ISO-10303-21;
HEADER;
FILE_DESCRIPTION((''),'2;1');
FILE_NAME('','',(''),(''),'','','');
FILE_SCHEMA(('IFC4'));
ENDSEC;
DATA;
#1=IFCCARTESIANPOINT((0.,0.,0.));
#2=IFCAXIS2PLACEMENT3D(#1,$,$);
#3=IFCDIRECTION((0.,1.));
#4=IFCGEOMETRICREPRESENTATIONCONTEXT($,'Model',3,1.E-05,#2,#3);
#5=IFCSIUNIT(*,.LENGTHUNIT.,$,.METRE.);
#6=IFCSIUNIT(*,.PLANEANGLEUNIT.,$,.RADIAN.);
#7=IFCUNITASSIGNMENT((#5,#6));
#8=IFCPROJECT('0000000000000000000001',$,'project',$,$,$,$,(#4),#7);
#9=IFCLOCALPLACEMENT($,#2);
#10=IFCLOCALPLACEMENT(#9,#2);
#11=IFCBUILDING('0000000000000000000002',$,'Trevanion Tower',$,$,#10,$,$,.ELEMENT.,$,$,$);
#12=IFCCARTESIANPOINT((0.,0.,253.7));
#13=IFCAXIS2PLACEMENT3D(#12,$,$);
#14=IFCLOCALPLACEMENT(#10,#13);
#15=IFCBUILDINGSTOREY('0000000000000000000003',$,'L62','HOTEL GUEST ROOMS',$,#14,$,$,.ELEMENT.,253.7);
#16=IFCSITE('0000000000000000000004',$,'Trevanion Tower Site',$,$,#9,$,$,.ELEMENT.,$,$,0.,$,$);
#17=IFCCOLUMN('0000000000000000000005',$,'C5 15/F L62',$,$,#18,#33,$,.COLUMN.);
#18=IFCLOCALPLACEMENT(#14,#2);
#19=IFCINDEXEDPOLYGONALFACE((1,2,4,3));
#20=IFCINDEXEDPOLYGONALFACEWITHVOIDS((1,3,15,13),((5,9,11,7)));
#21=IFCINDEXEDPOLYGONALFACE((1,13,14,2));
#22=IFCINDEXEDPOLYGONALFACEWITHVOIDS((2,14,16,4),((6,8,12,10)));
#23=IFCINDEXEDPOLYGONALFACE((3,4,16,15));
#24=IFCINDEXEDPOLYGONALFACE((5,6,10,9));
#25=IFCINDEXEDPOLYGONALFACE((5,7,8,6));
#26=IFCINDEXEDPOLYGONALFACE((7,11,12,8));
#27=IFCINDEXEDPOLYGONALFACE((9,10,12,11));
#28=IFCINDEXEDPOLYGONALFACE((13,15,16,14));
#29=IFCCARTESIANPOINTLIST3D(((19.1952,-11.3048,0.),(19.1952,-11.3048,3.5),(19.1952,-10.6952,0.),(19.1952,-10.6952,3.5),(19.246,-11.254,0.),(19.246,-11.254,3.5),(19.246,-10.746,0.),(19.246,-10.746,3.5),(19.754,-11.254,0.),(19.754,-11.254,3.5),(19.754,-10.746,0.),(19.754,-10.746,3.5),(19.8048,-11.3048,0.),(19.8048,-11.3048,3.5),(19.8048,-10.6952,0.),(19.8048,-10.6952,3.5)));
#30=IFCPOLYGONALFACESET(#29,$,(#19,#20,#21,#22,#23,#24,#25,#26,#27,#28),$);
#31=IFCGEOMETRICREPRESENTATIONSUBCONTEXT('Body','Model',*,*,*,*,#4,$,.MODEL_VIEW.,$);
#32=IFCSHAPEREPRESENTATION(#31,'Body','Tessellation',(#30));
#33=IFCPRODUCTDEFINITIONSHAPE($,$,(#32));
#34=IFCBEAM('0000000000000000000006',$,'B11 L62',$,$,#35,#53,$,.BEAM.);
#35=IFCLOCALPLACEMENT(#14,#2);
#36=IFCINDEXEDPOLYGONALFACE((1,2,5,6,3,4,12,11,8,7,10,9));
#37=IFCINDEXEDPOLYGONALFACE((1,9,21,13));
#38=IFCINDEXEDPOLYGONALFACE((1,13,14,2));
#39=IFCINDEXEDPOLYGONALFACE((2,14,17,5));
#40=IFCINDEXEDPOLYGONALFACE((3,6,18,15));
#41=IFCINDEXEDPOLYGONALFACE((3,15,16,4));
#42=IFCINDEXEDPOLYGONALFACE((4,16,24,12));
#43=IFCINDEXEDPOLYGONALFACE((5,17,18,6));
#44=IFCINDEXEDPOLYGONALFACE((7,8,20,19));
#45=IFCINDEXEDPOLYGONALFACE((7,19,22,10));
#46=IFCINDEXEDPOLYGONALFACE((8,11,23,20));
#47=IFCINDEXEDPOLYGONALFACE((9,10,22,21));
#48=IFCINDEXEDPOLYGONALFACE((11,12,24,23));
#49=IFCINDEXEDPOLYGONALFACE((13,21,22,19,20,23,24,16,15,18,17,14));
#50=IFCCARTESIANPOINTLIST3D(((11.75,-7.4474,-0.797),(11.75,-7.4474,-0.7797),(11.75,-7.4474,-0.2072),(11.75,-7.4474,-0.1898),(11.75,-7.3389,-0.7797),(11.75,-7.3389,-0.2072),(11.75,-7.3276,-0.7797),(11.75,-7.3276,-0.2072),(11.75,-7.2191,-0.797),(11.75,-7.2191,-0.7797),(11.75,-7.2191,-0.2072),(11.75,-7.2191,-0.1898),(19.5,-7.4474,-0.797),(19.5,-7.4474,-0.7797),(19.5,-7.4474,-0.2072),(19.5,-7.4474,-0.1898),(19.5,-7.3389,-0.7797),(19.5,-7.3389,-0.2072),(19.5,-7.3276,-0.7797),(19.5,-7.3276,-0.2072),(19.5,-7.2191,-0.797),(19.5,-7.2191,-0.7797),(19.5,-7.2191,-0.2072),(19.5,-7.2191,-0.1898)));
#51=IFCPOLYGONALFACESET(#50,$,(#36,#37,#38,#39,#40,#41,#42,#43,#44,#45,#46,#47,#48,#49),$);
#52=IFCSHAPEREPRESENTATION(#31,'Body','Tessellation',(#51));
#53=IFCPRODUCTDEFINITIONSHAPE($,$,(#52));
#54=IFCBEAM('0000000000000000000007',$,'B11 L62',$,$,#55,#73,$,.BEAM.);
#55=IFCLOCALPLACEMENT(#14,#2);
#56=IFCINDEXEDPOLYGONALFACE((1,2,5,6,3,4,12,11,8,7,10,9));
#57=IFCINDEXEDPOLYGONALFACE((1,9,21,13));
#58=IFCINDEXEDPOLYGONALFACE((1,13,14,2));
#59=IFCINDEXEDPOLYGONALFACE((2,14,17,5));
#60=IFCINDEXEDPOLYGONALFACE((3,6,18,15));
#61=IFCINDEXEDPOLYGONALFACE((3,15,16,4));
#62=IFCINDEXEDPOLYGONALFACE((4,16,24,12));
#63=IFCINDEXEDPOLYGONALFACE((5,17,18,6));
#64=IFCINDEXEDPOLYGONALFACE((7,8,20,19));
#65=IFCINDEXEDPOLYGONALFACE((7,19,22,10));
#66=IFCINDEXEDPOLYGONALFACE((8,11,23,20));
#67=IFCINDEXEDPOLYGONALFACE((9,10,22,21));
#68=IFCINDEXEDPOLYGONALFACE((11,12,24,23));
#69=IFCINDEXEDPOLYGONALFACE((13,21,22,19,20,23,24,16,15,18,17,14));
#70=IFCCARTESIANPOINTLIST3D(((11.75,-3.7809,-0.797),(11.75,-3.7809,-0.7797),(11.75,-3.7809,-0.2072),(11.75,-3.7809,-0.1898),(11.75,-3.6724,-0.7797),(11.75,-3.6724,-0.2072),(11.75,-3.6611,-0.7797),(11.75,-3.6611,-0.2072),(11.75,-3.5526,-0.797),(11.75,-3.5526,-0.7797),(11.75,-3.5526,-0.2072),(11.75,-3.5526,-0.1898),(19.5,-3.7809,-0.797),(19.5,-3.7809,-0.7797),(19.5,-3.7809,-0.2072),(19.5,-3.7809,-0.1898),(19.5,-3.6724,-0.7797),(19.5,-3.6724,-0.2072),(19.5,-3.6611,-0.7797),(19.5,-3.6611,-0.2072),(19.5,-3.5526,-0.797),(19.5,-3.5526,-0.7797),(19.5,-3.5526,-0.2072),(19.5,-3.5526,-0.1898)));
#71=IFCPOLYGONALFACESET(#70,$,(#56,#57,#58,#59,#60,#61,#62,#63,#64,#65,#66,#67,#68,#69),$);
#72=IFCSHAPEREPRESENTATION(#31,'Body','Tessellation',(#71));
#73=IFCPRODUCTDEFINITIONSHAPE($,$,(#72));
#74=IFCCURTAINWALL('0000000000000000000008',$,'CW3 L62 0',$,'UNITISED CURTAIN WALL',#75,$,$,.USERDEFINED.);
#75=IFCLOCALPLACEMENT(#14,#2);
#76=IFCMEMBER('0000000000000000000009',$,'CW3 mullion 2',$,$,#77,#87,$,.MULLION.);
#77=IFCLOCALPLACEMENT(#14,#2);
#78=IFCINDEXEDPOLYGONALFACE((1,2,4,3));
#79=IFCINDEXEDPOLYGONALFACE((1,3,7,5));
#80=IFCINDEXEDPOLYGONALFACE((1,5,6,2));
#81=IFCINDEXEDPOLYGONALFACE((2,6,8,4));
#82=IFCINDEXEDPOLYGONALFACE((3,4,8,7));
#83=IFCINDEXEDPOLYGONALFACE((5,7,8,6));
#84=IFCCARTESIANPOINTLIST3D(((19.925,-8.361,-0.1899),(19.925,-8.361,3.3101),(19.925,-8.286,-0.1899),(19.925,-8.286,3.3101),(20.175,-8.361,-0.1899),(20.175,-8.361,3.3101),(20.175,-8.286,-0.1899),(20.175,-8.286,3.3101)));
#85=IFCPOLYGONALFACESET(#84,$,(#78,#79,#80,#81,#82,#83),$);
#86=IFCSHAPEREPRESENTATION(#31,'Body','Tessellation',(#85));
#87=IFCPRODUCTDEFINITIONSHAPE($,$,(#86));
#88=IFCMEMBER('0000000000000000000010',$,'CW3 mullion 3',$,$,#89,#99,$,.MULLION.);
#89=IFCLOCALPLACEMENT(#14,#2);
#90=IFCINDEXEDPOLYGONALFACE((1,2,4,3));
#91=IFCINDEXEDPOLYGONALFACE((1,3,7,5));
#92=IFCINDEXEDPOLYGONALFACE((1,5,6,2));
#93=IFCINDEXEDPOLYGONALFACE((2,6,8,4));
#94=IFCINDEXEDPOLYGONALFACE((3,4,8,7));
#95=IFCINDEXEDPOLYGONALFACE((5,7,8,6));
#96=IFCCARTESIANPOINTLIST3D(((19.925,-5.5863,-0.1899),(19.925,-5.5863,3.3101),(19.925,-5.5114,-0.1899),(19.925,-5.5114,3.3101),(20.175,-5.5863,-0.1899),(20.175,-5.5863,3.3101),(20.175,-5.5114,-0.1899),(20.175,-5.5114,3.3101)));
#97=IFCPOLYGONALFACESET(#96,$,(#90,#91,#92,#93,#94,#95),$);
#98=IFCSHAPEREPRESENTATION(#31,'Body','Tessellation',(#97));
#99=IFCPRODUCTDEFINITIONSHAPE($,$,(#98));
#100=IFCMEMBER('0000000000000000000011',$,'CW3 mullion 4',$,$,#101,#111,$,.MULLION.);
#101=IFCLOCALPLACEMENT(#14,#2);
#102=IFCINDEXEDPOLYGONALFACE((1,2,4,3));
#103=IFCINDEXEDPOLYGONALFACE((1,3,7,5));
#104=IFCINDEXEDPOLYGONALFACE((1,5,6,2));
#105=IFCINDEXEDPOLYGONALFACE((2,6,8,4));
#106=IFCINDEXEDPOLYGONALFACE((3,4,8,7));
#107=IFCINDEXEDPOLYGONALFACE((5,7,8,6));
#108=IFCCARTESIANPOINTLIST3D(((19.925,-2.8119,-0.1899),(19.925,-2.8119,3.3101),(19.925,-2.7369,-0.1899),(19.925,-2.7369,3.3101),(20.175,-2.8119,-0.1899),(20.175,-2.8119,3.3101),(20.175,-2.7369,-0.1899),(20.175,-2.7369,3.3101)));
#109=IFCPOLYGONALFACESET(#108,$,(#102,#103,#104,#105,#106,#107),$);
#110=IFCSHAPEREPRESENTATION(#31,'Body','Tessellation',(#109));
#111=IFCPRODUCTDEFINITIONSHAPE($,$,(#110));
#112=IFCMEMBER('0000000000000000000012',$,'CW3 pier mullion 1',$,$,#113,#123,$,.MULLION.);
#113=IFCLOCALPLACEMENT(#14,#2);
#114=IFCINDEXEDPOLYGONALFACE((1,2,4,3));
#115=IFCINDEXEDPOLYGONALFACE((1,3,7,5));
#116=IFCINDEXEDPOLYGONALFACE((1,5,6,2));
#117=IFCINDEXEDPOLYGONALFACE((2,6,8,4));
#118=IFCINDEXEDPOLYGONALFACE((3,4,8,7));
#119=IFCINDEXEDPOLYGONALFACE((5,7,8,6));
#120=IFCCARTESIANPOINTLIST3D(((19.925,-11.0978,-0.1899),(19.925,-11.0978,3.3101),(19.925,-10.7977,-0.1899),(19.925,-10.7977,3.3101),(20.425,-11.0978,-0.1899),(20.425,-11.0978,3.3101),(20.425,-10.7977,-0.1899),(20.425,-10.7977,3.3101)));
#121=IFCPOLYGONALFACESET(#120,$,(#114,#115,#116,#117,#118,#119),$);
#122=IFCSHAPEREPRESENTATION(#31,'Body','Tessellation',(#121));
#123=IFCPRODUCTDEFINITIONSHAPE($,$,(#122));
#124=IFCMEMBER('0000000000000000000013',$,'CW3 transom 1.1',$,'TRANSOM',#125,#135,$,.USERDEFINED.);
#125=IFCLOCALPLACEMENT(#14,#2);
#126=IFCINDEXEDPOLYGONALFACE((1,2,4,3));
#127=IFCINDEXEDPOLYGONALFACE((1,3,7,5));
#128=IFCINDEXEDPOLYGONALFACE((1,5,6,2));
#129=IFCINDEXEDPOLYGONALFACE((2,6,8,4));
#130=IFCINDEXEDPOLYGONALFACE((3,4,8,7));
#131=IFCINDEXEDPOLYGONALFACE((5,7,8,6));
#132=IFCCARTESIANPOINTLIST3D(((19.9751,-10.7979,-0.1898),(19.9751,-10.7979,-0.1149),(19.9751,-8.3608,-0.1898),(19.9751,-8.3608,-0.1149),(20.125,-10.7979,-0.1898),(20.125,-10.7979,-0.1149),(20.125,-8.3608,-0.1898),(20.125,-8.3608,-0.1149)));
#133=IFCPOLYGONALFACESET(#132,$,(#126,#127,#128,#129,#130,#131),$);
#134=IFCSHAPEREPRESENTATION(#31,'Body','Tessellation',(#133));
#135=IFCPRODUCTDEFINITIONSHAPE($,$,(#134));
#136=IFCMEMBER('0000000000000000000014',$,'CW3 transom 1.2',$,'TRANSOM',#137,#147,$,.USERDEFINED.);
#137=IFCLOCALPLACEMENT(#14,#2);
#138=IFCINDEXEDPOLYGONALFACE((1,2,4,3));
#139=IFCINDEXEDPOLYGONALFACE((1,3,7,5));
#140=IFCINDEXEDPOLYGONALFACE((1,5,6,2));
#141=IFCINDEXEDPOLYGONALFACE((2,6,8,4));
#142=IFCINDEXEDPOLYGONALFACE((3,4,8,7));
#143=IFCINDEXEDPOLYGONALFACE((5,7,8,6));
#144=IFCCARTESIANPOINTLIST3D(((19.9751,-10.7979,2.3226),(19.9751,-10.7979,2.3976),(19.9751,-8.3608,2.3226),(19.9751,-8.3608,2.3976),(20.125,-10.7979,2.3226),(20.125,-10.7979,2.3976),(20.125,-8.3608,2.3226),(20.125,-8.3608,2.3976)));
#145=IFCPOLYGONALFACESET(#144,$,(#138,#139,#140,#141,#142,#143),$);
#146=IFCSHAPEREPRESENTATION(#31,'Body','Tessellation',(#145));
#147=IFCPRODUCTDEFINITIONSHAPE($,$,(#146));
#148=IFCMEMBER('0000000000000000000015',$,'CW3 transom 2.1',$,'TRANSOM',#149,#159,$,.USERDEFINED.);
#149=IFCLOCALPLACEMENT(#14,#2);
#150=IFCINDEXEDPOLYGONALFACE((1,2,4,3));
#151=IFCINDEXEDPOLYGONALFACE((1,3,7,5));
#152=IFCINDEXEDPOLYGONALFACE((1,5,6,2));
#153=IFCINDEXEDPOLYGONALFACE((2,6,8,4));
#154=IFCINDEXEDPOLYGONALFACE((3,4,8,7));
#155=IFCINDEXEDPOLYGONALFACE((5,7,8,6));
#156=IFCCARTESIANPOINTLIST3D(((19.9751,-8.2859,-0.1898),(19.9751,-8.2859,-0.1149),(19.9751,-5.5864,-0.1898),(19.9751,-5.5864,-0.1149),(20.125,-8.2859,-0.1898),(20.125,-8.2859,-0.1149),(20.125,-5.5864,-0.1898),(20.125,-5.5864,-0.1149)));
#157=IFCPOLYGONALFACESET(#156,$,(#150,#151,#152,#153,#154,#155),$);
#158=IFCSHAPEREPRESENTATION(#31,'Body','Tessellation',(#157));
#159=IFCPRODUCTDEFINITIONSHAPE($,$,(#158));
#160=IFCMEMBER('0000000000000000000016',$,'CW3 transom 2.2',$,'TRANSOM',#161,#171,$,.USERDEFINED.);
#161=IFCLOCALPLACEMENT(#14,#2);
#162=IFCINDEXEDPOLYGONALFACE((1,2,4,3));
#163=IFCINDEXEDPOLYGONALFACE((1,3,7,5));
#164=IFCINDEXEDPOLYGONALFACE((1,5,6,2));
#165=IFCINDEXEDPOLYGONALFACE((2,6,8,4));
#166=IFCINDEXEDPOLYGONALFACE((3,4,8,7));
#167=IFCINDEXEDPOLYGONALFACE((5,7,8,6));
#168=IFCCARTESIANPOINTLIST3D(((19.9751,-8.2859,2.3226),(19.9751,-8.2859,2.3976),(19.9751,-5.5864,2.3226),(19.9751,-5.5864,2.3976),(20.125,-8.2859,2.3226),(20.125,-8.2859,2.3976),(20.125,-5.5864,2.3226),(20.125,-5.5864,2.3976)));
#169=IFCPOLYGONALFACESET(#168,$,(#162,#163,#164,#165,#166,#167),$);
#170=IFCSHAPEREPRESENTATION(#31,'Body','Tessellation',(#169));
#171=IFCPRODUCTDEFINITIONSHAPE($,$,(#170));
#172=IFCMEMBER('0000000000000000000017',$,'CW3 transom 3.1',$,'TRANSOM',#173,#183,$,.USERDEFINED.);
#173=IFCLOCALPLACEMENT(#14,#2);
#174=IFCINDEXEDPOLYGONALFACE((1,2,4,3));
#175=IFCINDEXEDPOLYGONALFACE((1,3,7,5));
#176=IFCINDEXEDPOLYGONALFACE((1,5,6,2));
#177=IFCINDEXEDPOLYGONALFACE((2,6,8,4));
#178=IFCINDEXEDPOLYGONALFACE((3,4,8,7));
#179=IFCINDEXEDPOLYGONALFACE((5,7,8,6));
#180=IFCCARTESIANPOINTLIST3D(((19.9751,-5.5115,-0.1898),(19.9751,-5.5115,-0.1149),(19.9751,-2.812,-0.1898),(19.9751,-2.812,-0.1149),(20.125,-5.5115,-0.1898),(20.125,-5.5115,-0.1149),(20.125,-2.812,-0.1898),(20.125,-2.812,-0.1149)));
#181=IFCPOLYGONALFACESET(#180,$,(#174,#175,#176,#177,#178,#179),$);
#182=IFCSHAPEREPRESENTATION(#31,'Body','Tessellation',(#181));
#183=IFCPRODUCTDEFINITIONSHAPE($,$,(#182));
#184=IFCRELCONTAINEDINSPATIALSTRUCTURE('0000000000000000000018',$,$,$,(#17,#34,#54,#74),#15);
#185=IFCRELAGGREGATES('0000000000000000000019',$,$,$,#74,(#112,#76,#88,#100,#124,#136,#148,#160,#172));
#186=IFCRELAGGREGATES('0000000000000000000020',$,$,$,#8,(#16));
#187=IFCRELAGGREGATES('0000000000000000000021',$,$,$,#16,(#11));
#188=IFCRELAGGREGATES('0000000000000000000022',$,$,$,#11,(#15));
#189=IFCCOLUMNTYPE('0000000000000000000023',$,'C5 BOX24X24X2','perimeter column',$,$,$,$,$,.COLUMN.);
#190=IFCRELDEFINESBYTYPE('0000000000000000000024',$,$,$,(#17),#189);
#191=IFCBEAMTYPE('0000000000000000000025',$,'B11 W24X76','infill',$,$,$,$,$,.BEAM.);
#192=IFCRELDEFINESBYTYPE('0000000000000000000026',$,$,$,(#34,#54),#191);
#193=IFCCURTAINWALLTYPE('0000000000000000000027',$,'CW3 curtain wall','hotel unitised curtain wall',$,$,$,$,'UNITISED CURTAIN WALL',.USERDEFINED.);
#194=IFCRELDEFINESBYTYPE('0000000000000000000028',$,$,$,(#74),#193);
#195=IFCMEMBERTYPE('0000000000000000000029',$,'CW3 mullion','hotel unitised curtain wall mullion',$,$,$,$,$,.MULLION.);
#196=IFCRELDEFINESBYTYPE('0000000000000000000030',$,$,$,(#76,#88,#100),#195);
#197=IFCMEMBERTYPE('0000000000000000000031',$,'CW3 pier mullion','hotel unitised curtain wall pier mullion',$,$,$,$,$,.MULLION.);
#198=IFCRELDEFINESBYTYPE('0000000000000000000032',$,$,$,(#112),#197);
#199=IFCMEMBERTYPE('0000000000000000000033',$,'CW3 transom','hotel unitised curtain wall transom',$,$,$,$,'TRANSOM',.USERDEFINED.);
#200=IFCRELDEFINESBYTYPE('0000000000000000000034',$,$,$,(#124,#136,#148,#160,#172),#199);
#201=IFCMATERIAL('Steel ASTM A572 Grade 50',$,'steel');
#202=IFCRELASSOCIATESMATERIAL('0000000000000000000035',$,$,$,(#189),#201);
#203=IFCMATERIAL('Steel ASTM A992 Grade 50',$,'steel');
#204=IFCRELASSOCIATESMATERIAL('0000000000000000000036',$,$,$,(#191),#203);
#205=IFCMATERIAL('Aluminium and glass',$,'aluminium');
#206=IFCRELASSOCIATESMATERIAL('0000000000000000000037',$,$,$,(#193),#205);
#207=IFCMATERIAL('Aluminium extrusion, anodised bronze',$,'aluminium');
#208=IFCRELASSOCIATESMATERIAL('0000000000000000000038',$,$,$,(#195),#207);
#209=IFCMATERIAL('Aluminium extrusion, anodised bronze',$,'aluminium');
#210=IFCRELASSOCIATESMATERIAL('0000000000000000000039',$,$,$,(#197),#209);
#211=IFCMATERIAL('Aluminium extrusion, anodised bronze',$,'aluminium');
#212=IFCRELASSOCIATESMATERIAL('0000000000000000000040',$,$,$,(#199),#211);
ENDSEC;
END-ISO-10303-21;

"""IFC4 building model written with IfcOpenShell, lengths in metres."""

from ifc_helpers import new_model, si_unit, direction, frame, origin, origin_2d, place, context, subcontext, project, spatial, rectangle, hollow_rectangle, i_section, extrude, material, material_profile, profile_set, type_object, element, aggregate, save


model = new_model("IFC4")

# Units and contexts
model_context = context("Model", 3, precision=1e-05, world=origin(), true_north=direction((0.0, 1.0)))
body_context = subcontext(model_context, "Body", "Model", "MODEL_VIEW")
ifc_project = project(units=[si_unit("LENGTHUNIT", "METRE"), si_unit("PLANEANGLEUNIT", "RADIAN")], contexts=[model_context])

# Site, building, storey
site_placement = place(None, origin())
site = spatial("IfcSite", under=ifc_project, at=site_placement, Name="Trevanion Tower Site", CompositionType="ELEMENT", RefElevation=0.0)
building_placement = place(site_placement, origin())
building = spatial("IfcBuilding", under=site, at=building_placement, Name="Trevanion Tower", CompositionType="ELEMENT")
storey_placement = place(building_placement, frame((0.0, 0.0, 253.7)))
storey = spatial("IfcBuildingStorey", under=building, at=storey_placement, Name="L62", Description="HOTEL GUEST ROOMS", CompositionType="ELEMENT", Elevation=253.7)

# Column
ifc_material_1 = material(Name="Steel ASTM A572 Grade 50", Category="steel")
ifc_material_profile_1 = material_profile(ifc_material_1, hollow_rectangle(XDim=0.6096, YDim=0.6096, WallThickness=0.0508, at=origin_2d()), Name="BOX24X24X2")
ifc_profile_set_1 = profile_set([ifc_material_profile_1], Name="Steel ASTM A572 Grade 50")
column_type = type_object("IfcColumnType", Name="C5 BOX24X24X2", Description="perimeter column", PredefinedType="COLUMN", material=ifc_profile_set_1)
column_placement = place(storey_placement, frame((19.5, -11.0, 0.0), z_axis=(0.0, 0.0, 1.0), x_axis=(0.0, 1.0, 0.0)))
element("IfcColumn", 1, at=column_placement, inside=storey, type_object=column_type, Name="C5 15/F L62", PredefinedType="COLUMN", context=body_context, shape_type="SweptSolid", body=[
    extrude(hollow_rectangle(XDim=0.6096, YDim=0.6096, WallThickness=0.0508, at=origin_2d()), origin(), (0.0, 0.0, 1.0), 3.5),
])

# Beams
ifc_material_2 = material(Name="Steel ASTM A992 Grade 50", Category="steel")
ifc_material_profile_2 = material_profile(ifc_material_2, i_section(OverallWidth=0.2283, OverallDepth=0.6072, WebThickness=0.0112, FlangeThickness=0.0173, at=origin_2d()), Name="W24X76")
ifc_profile_set_2 = profile_set([ifc_material_profile_2], Name="Steel ASTM A992 Grade 50")
beam_type_1 = type_object("IfcBeamType", Name="B11 W24X76", Description="infill", PredefinedType="BEAM", material=ifc_profile_set_2)
for number, where, z_axis, x_axis, name in (
    (2, (11.75, -7.3333, -0.4934), (1.0, 0.0, 0.0), (0.0, 1.0, 0.0), "B11 L62"),
    (3, (11.75, -3.6667, -0.4934), (1.0, 0.0, 0.0), (0.0, 1.0, 0.0), "B11 L62"),
):
    element("IfcBeam", number, at=place(storey_placement, frame(where, z_axis=z_axis, x_axis=x_axis)), inside=storey, type_object=beam_type_1, Name=name, PredefinedType="BEAM", context=body_context, shape_type="SweptSolid", body=[
        extrude(i_section(OverallWidth=0.2283, OverallDepth=0.6072, WebThickness=0.0112, FlangeThickness=0.0173, at=origin_2d()), origin(), (0.0, 0.0, 1.0), 7.75),
    ])

# Curtain wall, members
ifc_material_3 = material(Name="Aluminium and glass", Category="aluminium")
curtain_wall_type = type_object("IfcCurtainWallType", Name="CW3 curtain wall", Description="hotel unitised curtain wall", ElementType="UNITISED CURTAIN WALL", PredefinedType="USERDEFINED", material=ifc_material_3)
curtain_wall_placement = place(storey_placement, origin())
curtain_wall = element("IfcCurtainWall", 4, at=curtain_wall_placement, inside=storey, type_object=curtain_wall_type, Name="CW3 L62 0", ObjectType="UNITISED CURTAIN WALL", PredefinedType="USERDEFINED")
ifc_material_4 = material(Name="Aluminium extrusion, anodised bronze", Category="aluminium")
ifc_material_profile_3 = material_profile(ifc_material_4, rectangle(XDim=0.075, YDim=0.25, at=origin_2d()), Name="CW3 mullion")
ifc_profile_set_3 = profile_set([ifc_material_profile_3], Name="Aluminium extrusion, anodised bronze")
member_type_1 = type_object("IfcMemberType", Name="CW3 mullion", Description="hotel unitised curtain wall mullion", PredefinedType="MULLION", material=ifc_profile_set_3)
member_1_placement = place(storey_placement, frame((20.05, -8.3235, -0.1899), z_axis=(0.0, 0.0, 1.0), x_axis=(0.0, 1.0, 0.0)))
member_1 = element("IfcMember", 5, at=member_1_placement, type_object=member_type_1, Name="CW3 mullion 2", PredefinedType="MULLION", context=body_context, shape_type="SweptSolid", body=[
    extrude(rectangle(XDim=0.075, YDim=0.25, at=origin_2d()), origin(), (0.0, 0.0, 1.0), 3.5),
])
member_2_placement = place(storey_placement, frame((20.05, -5.5488, -0.1899), z_axis=(0.0, 0.0, 1.0), x_axis=(0.0, 1.0, 0.0)))
member_2 = element("IfcMember", 6, at=member_2_placement, type_object=member_type_1, Name="CW3 mullion 3", PredefinedType="MULLION", context=body_context, shape_type="SweptSolid", body=[
    extrude(rectangle(XDim=0.075, YDim=0.25, at=origin_2d()), origin(), (0.0, 0.0, 1.0), 3.5),
])
member_3_placement = place(storey_placement, frame((20.05, -2.7744, -0.1899), z_axis=(0.0, 0.0, 1.0), x_axis=(0.0, 1.0, 0.0)))
member_3 = element("IfcMember", 7, at=member_3_placement, type_object=member_type_1, Name="CW3 mullion 4", PredefinedType="MULLION", context=body_context, shape_type="SweptSolid", body=[
    extrude(rectangle(XDim=0.075, YDim=0.25, at=origin_2d()), origin(), (0.0, 0.0, 1.0), 3.5),
])
ifc_material_5 = material(Name="Aluminium extrusion, anodised bronze", Category="aluminium")
ifc_material_profile_4 = material_profile(ifc_material_5, rectangle(XDim=0.3, YDim=0.5, at=origin_2d()), Name="CW3 pier mullion")
ifc_profile_set_4 = profile_set([ifc_material_profile_4], Name="Aluminium extrusion, anodised bronze")
member_type_2 = type_object("IfcMemberType", Name="CW3 pier mullion", Description="hotel unitised curtain wall pier mullion", PredefinedType="MULLION", material=ifc_profile_set_4)
member_4_placement = place(storey_placement, frame((20.175, -10.9478, -0.1899), z_axis=(0.0, 0.0, 1.0), x_axis=(0.0, 1.0, 0.0)))
member_4 = element("IfcMember", 8, at=member_4_placement, type_object=member_type_2, Name="CW3 pier mullion 1", PredefinedType="MULLION", context=body_context, shape_type="SweptSolid", body=[
    extrude(rectangle(XDim=0.3, YDim=0.5, at=origin_2d()), origin(), (0.0, 0.0, 1.0), 3.5),
])
ifc_material_6 = material(Name="Aluminium extrusion, anodised bronze", Category="aluminium")
ifc_material_profile_5 = material_profile(ifc_material_6, rectangle(XDim=0.1499, YDim=0.075, at=origin_2d()), Name="CW3 transom")
ifc_profile_set_5 = profile_set([ifc_material_profile_5], Name="Aluminium extrusion, anodised bronze")
member_type_3 = type_object("IfcMemberType", Name="CW3 transom", Description="hotel unitised curtain wall transom", ElementType="TRANSOM", PredefinedType="USERDEFINED", material=ifc_profile_set_5)
member_5_placement = place(storey_placement, frame((20.05, -10.7979, -0.1523), z_axis=(0.0, 1.0, 0.0), x_axis=(-1.0, 0.0, 0.0)))
member_5 = element("IfcMember", 9, at=member_5_placement, type_object=member_type_3, Name="CW3 transom 1.1", ObjectType="TRANSOM", PredefinedType="USERDEFINED", context=body_context, shape_type="SweptSolid", body=[
    extrude(rectangle(XDim=0.1499, YDim=0.075, at=origin_2d()), origin(), (0.0, 0.0, 1.0), 2.437),
])
member_6_placement = place(storey_placement, frame((20.05, -10.7979, 2.3601), z_axis=(0.0, 1.0, 0.0), x_axis=(-1.0, 0.0, 0.0)))
member_6 = element("IfcMember", 10, at=member_6_placement, type_object=member_type_3, Name="CW3 transom 1.2", ObjectType="TRANSOM", PredefinedType="USERDEFINED", context=body_context, shape_type="SweptSolid", body=[
    extrude(rectangle(XDim=0.1499, YDim=0.075, at=origin_2d()), origin(), (0.0, 0.0, 1.0), 2.437),
])
member_7_placement = place(storey_placement, frame((20.05, -8.2859, -0.1523), z_axis=(0.0, 1.0, 0.0), x_axis=(-1.0, 0.0, 0.0)))
member_7 = element("IfcMember", 11, at=member_7_placement, type_object=member_type_3, Name="CW3 transom 2.1", ObjectType="TRANSOM", PredefinedType="USERDEFINED", context=body_context, shape_type="SweptSolid", body=[
    extrude(rectangle(XDim=0.1499, YDim=0.075, at=origin_2d()), origin(), (0.0, 0.0, 1.0), 2.6995),
])
member_8_placement = place(storey_placement, frame((20.05, -8.2859, 2.3601), z_axis=(0.0, 1.0, 0.0), x_axis=(-1.0, 0.0, 0.0)))
member_8 = element("IfcMember", 12, at=member_8_placement, type_object=member_type_3, Name="CW3 transom 2.2", ObjectType="TRANSOM", PredefinedType="USERDEFINED", context=body_context, shape_type="SweptSolid", body=[
    extrude(rectangle(XDim=0.1499, YDim=0.075, at=origin_2d()), origin(), (0.0, 0.0, 1.0), 2.6995),
])
member_9_placement = place(storey_placement, frame((20.05, -5.5115, -0.1523), z_axis=(0.0, 1.0, 0.0), x_axis=(-1.0, 0.0, 0.0)))
member_9 = element("IfcMember", 13, at=member_9_placement, type_object=member_type_3, Name="CW3 transom 3.1", ObjectType="TRANSOM", PredefinedType="USERDEFINED", context=body_context, shape_type="SweptSolid", body=[
    extrude(rectangle(XDim=0.1499, YDim=0.075, at=origin_2d()), origin(), (0.0, 0.0, 1.0), 2.6995),
])

aggregate(curtain_wall, [member_4, member_1, member_2, member_3, member_5, member_6, member_7, member_8, member_9])

save(model, "model.ifc")
